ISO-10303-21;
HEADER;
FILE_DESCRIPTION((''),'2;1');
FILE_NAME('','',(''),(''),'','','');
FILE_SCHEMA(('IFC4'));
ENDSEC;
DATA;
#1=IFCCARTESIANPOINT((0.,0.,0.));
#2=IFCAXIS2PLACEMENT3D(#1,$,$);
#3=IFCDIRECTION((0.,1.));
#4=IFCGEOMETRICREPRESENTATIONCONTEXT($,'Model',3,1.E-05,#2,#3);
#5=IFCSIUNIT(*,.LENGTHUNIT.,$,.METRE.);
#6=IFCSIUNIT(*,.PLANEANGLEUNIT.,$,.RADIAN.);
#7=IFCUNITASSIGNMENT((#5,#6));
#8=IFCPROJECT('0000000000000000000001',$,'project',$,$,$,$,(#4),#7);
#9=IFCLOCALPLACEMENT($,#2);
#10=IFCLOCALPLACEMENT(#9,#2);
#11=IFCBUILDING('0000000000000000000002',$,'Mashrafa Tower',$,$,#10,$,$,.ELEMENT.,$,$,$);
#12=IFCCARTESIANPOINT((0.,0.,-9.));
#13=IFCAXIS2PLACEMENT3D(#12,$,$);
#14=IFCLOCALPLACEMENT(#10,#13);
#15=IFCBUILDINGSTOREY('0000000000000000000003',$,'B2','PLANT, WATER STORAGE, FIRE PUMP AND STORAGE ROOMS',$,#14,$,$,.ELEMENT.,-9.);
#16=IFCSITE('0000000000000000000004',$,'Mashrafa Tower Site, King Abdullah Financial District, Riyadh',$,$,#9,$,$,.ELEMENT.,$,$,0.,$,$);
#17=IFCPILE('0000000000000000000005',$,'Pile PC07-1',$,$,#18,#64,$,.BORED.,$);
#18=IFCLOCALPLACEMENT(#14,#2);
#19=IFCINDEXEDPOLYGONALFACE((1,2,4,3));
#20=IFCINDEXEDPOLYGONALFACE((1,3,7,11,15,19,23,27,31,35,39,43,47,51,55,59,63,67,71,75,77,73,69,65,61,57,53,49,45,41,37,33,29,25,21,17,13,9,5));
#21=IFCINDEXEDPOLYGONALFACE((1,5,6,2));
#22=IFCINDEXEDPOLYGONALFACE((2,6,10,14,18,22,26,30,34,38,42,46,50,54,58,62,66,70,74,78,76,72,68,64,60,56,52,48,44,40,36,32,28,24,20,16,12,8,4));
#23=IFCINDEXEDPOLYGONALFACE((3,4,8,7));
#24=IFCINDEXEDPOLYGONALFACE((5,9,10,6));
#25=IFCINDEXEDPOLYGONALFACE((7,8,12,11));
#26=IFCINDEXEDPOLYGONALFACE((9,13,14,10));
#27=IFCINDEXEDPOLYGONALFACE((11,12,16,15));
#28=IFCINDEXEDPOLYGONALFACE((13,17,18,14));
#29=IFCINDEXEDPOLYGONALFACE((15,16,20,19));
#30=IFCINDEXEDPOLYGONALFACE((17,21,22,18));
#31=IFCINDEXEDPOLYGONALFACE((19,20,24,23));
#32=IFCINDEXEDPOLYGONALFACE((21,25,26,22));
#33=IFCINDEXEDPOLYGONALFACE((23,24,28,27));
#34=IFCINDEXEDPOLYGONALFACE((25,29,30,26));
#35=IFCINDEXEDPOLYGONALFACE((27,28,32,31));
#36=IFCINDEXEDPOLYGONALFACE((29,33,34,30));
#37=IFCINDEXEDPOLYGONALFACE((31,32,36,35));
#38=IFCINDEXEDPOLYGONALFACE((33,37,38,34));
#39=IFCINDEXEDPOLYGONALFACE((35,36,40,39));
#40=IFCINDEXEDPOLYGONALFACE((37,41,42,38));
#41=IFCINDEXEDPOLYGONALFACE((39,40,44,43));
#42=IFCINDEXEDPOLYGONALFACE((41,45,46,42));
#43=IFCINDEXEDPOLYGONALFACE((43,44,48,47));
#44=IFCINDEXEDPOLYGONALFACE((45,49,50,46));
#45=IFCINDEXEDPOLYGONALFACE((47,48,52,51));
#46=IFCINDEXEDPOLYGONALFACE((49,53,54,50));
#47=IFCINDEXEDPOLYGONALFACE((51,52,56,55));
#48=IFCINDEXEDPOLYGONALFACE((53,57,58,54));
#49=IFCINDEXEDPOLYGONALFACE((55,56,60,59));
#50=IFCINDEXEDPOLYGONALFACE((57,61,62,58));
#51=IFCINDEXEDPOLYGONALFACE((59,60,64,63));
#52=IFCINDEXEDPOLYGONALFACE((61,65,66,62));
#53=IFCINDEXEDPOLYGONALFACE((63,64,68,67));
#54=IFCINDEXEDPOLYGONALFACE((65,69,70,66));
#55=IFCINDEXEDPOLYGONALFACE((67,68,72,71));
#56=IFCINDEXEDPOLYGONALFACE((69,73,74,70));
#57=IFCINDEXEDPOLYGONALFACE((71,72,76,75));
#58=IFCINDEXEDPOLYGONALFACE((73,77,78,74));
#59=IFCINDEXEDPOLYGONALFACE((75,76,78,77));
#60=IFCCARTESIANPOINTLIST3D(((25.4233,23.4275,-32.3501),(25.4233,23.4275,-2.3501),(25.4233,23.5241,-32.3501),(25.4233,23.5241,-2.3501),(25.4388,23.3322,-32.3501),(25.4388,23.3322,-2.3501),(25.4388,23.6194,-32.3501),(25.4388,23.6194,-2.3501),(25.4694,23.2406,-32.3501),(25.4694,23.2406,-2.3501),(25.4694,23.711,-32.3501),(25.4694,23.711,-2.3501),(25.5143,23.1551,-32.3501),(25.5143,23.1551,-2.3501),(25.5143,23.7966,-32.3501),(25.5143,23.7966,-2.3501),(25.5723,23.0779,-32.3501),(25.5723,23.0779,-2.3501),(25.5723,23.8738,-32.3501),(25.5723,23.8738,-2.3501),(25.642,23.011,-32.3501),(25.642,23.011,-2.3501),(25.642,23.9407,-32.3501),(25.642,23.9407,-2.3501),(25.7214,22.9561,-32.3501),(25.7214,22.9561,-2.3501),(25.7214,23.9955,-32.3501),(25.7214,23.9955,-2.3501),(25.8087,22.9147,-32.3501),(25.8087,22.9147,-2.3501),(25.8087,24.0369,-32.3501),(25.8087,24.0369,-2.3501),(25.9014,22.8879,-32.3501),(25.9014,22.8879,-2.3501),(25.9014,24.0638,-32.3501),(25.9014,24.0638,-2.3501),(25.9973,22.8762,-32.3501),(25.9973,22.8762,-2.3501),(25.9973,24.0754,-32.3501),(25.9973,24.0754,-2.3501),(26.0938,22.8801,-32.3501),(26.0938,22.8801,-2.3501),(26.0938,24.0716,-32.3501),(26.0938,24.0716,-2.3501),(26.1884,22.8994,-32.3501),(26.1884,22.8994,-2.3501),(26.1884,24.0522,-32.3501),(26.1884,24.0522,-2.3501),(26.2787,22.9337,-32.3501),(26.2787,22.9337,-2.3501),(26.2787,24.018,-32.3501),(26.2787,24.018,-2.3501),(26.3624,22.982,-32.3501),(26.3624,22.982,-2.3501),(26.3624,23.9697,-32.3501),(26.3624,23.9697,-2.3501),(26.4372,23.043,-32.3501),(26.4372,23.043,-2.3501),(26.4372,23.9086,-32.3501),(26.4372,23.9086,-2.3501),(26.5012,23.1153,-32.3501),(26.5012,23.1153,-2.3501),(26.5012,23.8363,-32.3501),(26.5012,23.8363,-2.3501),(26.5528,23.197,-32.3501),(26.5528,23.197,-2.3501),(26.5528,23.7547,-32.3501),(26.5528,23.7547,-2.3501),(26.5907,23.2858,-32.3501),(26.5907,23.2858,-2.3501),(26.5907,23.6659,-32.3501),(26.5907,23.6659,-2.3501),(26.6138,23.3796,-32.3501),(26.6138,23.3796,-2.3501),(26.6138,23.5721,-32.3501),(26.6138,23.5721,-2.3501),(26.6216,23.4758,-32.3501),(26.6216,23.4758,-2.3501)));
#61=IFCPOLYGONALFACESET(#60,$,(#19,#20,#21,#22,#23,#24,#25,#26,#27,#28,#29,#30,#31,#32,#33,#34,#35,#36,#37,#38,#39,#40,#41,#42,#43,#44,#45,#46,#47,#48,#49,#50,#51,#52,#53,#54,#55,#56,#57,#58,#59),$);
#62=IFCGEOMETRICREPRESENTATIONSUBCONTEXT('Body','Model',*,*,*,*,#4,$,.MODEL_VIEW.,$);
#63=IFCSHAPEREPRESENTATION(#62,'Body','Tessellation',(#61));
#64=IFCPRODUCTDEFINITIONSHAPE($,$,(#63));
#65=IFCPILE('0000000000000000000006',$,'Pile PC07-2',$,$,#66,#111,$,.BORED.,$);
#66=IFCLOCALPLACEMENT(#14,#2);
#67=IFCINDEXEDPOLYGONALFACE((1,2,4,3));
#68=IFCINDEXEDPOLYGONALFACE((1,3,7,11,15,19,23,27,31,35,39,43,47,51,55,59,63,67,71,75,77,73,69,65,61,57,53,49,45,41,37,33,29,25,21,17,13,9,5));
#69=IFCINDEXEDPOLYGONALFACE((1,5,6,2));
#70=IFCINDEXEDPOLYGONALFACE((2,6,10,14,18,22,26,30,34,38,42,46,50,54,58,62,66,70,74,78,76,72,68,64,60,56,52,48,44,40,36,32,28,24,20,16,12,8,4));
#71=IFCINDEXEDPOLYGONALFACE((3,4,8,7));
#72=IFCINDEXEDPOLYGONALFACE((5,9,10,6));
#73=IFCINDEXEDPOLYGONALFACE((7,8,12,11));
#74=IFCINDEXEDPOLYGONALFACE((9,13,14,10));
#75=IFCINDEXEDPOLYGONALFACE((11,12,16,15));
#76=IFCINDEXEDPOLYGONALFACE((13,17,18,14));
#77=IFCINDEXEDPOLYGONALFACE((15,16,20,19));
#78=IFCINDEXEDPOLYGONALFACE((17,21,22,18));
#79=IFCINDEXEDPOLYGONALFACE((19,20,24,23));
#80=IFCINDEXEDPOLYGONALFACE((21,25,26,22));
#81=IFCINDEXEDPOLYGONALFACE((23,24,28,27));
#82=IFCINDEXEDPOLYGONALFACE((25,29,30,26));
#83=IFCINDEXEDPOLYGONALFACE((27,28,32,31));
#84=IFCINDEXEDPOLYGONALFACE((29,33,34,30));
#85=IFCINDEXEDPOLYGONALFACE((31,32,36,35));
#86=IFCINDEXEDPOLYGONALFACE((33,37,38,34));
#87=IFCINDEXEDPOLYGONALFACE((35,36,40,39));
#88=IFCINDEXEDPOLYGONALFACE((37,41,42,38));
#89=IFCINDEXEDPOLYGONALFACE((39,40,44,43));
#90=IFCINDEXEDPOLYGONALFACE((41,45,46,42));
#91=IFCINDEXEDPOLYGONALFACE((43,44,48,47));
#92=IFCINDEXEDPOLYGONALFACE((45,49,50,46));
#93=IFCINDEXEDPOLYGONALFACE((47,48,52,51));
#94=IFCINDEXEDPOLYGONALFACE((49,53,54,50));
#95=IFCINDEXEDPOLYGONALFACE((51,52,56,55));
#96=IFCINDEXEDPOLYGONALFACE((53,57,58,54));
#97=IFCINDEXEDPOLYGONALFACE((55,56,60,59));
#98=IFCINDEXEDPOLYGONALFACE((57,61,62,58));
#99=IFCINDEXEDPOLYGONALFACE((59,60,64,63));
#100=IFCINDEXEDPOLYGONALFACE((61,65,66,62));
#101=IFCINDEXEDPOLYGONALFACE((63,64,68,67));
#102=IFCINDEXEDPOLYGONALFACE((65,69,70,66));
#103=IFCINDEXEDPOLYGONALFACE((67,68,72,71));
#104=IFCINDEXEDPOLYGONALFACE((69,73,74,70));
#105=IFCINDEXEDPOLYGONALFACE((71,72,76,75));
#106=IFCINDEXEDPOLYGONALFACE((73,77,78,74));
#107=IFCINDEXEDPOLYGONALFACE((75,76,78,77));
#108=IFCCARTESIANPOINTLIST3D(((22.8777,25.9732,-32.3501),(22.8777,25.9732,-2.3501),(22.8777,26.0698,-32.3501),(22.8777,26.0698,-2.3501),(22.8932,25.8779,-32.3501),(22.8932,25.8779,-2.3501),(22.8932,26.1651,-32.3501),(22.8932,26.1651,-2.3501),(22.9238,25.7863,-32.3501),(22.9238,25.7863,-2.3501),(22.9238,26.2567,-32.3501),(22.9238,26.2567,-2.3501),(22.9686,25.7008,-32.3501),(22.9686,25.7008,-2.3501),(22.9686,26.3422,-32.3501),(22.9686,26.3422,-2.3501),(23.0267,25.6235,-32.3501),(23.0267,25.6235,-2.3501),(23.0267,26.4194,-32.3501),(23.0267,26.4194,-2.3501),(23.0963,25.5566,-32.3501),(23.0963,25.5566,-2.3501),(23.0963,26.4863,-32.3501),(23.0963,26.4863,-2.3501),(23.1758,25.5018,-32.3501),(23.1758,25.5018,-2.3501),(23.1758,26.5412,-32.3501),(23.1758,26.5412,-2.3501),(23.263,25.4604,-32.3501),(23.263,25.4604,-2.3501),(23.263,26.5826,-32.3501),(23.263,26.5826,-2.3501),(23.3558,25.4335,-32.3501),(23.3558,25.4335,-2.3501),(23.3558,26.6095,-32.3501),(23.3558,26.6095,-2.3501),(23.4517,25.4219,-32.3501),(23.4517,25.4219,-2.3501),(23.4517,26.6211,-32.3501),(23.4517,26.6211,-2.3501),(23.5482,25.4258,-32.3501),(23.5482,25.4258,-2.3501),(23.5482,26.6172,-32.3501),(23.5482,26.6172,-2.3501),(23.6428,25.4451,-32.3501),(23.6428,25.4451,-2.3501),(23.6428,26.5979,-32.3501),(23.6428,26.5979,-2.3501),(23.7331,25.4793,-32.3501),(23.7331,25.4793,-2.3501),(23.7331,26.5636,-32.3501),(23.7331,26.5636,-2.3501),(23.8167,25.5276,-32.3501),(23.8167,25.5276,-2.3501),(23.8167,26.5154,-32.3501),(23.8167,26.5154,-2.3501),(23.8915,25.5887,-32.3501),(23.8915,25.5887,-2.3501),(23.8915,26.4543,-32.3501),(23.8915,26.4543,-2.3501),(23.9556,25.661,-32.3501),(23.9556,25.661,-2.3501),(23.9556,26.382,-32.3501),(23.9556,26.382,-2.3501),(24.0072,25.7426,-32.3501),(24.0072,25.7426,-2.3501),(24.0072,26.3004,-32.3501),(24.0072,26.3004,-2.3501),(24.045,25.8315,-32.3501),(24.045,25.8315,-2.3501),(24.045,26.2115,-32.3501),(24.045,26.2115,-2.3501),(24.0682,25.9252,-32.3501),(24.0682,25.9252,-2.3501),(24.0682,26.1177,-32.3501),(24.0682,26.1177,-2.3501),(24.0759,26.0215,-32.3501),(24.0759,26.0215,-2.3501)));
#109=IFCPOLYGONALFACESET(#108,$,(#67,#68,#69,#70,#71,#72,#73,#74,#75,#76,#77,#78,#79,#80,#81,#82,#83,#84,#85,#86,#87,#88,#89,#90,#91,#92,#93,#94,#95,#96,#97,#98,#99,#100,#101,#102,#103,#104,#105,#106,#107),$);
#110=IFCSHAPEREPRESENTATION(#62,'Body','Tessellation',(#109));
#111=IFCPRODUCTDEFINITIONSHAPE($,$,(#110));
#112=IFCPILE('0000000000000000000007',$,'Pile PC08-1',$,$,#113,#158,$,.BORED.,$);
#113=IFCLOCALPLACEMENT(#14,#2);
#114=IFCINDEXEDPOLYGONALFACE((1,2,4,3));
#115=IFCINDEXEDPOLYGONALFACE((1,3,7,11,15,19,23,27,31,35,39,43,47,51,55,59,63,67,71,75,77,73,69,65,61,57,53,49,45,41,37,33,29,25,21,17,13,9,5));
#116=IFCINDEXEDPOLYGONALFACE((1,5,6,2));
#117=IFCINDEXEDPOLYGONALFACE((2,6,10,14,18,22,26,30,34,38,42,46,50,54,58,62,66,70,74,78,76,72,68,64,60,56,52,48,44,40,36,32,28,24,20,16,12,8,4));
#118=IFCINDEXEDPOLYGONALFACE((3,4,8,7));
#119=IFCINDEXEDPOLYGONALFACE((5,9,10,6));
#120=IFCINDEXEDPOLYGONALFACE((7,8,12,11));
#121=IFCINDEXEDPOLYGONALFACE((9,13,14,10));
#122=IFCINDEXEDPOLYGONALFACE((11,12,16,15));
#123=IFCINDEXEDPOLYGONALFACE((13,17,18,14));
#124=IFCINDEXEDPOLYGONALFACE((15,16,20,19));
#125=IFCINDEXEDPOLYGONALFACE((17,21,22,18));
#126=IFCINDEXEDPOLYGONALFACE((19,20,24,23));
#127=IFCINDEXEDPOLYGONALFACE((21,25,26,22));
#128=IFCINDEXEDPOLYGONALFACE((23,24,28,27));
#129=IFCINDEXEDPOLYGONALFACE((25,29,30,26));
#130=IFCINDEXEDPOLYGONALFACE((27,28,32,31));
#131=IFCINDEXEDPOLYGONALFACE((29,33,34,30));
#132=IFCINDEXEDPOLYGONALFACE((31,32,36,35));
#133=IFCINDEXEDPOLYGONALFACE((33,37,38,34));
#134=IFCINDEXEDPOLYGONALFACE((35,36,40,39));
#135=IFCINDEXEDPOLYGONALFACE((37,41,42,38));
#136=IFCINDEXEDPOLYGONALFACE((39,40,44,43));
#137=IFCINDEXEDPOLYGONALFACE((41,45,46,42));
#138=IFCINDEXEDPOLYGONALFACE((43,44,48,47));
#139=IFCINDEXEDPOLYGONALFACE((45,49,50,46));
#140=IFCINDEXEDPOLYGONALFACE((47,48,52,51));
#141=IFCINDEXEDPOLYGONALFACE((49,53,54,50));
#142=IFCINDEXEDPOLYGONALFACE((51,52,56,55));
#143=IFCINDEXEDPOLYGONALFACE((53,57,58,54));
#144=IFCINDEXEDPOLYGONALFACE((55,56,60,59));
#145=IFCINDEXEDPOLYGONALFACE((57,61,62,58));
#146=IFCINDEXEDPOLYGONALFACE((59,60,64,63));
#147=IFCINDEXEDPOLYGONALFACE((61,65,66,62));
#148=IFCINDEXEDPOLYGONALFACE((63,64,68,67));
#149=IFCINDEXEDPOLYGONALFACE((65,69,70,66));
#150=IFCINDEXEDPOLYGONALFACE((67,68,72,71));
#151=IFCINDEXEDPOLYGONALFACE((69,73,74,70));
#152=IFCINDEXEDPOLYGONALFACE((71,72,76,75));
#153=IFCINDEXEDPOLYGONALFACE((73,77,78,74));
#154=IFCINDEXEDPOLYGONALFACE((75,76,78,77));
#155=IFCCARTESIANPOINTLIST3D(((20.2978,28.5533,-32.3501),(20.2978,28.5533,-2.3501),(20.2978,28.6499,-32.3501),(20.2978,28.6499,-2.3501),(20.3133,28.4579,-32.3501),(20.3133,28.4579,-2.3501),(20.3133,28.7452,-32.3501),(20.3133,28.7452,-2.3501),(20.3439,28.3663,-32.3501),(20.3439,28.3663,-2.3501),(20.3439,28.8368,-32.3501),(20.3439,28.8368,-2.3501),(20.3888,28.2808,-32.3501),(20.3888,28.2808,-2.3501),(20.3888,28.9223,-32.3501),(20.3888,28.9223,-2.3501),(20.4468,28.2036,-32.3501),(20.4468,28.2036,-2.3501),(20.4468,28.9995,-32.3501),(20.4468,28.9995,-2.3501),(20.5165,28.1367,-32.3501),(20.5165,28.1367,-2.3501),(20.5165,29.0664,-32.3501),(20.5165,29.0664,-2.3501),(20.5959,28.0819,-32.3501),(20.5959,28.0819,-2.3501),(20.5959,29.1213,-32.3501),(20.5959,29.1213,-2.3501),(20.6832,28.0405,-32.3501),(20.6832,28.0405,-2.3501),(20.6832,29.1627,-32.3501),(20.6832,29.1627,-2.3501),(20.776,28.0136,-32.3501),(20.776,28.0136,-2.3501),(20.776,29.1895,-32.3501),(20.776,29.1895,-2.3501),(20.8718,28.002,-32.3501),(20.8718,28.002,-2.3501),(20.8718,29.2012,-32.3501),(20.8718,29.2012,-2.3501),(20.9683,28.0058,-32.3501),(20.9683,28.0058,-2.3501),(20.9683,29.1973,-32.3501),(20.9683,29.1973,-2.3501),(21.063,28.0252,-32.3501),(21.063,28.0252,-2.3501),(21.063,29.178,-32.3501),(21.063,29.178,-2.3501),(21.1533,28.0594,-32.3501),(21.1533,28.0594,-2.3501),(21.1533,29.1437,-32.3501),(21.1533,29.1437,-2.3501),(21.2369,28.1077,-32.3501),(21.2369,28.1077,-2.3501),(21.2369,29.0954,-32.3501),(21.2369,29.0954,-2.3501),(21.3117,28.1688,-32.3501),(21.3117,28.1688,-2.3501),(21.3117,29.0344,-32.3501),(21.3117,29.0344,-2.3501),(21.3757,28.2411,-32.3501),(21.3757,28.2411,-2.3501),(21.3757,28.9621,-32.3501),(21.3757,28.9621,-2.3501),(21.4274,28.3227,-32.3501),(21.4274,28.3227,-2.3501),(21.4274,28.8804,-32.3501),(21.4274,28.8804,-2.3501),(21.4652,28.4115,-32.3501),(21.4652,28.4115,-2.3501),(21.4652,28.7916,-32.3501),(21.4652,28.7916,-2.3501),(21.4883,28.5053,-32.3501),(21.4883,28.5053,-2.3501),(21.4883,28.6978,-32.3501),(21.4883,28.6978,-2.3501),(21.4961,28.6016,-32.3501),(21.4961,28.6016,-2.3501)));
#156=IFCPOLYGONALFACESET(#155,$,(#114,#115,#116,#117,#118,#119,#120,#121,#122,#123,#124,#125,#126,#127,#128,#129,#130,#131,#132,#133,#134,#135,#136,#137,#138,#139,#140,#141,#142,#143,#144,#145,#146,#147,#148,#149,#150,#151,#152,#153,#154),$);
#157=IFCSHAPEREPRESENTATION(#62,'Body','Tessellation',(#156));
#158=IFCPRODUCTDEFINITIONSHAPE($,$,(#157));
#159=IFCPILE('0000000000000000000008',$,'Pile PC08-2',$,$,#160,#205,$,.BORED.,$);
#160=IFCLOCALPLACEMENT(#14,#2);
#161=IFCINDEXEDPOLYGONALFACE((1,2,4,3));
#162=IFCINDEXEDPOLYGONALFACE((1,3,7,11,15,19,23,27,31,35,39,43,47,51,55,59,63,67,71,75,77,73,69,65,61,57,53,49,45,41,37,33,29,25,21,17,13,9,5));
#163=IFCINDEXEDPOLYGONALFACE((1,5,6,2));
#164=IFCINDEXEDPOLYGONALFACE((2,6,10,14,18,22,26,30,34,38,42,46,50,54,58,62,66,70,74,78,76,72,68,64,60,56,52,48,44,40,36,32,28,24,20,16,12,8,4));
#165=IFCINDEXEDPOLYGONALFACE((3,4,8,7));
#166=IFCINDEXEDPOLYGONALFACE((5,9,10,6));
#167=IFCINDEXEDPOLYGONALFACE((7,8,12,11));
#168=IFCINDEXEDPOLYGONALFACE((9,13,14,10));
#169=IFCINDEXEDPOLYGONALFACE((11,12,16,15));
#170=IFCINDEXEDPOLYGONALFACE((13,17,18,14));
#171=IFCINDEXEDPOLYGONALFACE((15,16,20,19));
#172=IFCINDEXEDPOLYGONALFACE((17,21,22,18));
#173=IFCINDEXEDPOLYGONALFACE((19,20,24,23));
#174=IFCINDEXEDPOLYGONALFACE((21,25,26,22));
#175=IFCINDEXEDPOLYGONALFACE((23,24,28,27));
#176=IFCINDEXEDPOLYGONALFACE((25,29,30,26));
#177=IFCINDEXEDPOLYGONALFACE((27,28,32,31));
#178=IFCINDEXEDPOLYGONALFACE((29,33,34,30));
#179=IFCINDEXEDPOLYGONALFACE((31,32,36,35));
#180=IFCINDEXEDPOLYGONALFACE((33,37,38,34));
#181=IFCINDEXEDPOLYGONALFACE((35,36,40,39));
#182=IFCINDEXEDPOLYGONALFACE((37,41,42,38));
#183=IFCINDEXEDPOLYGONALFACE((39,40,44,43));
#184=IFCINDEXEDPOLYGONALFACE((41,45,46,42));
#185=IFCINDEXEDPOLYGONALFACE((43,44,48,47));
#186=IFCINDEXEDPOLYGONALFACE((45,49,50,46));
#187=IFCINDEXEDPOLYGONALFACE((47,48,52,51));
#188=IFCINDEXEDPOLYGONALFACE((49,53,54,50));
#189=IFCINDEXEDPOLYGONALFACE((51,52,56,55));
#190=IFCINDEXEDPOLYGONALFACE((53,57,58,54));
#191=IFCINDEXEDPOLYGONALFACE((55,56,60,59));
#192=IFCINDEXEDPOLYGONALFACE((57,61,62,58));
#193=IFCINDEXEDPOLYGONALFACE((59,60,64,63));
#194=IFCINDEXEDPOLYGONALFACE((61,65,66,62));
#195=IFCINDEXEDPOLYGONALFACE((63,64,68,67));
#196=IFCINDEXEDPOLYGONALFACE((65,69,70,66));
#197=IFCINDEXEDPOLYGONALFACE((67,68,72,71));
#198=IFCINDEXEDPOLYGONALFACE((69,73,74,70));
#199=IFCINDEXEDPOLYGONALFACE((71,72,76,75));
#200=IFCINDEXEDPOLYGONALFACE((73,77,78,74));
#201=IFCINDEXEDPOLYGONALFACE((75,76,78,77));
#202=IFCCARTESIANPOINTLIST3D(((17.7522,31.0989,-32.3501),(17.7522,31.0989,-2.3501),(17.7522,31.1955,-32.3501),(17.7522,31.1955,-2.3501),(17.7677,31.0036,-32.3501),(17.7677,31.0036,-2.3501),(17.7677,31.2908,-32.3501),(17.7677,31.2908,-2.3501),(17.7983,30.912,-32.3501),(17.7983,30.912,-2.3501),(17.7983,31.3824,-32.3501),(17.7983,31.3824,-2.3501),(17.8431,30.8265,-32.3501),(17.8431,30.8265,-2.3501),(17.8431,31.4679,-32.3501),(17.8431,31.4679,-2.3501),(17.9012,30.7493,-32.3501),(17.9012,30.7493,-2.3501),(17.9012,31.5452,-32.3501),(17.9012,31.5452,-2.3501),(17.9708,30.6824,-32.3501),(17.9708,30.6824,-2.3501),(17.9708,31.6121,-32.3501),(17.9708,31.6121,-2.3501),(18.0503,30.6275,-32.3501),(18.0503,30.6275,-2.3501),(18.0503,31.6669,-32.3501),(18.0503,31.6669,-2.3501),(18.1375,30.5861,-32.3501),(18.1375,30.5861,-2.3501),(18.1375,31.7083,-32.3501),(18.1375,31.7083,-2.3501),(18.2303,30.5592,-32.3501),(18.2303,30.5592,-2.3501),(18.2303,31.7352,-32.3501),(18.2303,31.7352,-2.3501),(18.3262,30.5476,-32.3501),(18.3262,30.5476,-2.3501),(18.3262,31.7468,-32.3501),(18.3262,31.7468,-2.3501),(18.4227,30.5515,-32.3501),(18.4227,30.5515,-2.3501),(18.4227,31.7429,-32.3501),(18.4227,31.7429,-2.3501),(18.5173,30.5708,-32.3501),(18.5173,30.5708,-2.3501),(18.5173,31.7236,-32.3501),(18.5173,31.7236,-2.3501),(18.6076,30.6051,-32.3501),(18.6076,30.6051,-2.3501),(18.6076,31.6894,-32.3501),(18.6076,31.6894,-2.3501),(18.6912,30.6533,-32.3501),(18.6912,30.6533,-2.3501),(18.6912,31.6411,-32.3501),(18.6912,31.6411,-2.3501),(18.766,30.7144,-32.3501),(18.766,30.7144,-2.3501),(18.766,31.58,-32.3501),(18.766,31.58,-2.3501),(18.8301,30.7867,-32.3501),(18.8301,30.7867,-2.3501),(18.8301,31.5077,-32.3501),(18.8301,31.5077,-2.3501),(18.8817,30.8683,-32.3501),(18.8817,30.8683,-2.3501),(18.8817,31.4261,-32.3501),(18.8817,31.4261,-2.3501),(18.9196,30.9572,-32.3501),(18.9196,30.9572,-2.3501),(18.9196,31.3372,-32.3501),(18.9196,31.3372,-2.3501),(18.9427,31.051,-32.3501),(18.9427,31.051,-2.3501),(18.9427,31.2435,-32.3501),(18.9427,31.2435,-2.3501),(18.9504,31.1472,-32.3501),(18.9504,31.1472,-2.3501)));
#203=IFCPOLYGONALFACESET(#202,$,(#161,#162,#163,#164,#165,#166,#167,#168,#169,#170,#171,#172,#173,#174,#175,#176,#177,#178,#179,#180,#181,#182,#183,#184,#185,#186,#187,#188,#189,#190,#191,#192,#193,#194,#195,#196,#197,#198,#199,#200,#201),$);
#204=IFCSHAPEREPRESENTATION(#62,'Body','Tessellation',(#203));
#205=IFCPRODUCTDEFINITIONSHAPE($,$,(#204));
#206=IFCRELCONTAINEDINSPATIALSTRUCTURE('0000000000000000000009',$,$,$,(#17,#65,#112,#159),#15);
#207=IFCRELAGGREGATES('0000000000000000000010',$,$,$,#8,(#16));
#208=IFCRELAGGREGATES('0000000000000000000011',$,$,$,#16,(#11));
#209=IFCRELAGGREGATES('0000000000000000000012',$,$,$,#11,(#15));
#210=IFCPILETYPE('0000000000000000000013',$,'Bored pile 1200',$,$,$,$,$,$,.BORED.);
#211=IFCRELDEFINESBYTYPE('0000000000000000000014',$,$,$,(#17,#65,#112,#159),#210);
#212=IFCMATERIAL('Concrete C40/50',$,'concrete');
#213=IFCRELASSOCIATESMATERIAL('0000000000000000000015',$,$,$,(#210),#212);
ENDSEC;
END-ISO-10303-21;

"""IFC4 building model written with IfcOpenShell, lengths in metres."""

from ifc_helpers import new_model, si_unit, direction, frame, origin, origin_2d, place, context, subcontext, project, spatial, circle, extrude, material, material_profile, profile_set, type_object, element, save


model = new_model("IFC4")

# Units and contexts
model_context = context("Model", 3, precision=1e-05, world=origin(), true_north=direction((0.0, 1.0)))
body_context = subcontext(model_context, "Body", "Model", "MODEL_VIEW")
ifc_project = project(units=[si_unit("LENGTHUNIT", "METRE"), si_unit("PLANEANGLEUNIT", "RADIAN")], contexts=[model_context])

# Site, building, storey
site_placement = place(None, origin())
site = spatial("IfcSite", under=ifc_project, at=site_placement, Name="Mashrafa Tower Site, King Abdullah Financial District, Riyadh", CompositionType="ELEMENT", RefElevation=0.0)
building_placement = place(site_placement, origin())
building = spatial("IfcBuilding", under=site, at=building_placement, Name="Mashrafa Tower", CompositionType="ELEMENT")
storey_placement = place(building_placement, frame((0.0, 0.0, -9.0)))
storey = spatial("IfcBuildingStorey", under=building, at=storey_placement, Name="B2", Description="PLANT, WATER STORAGE, FIRE PUMP AND STORAGE ROOMS", CompositionType="ELEMENT", Elevation=-9.0)

# Piles
ifc_material_1 = material(Name="Concrete C40/50", Category="concrete")
ifc_material_profile_1 = material_profile(ifc_material_1, circle(Radius=0.6001, at=origin_2d()), Name="1200 DIA")
ifc_profile_set_1 = profile_set([ifc_material_profile_1], Name="Concrete C40/50")
pile_type_1 = type_object("IfcPileType", Name="Bored pile 1200", PredefinedType="BORED", material=ifc_profile_set_1)
for number, where, z_axis, x_axis, name in (
    (1, (26.0215, 23.4758, -2.3501), (0.0, 0.0, -1.0), (1.0, 0.0, 0.0), "Pile PC07-1"),
    (2, (23.4758, 26.0215, -2.3501), (0.0, 0.0, -1.0), (1.0, 0.0, 0.0), "Pile PC07-2"),
    (3, (20.896, 28.6016, -2.3501), (0.0, 0.0, -1.0), (1.0, 0.0, 0.0), "Pile PC08-1"),
    (4, (18.3503, 31.1472, -2.3501), (0.0, 0.0, -1.0), (1.0, 0.0, 0.0), "Pile PC08-2"),
):
    element("IfcPile", number, at=place(storey_placement, frame(where, z_axis=z_axis, x_axis=x_axis)), inside=storey, type_object=pile_type_1, Name=name, PredefinedType="BORED", context=body_context, shape_type="SweptSolid", body=[
        extrude(circle(Radius=0.6001, at=origin_2d()), origin(), (0.0, 0.0, 1.0), 30.0),
    ])

save(model, "model.ifc")
